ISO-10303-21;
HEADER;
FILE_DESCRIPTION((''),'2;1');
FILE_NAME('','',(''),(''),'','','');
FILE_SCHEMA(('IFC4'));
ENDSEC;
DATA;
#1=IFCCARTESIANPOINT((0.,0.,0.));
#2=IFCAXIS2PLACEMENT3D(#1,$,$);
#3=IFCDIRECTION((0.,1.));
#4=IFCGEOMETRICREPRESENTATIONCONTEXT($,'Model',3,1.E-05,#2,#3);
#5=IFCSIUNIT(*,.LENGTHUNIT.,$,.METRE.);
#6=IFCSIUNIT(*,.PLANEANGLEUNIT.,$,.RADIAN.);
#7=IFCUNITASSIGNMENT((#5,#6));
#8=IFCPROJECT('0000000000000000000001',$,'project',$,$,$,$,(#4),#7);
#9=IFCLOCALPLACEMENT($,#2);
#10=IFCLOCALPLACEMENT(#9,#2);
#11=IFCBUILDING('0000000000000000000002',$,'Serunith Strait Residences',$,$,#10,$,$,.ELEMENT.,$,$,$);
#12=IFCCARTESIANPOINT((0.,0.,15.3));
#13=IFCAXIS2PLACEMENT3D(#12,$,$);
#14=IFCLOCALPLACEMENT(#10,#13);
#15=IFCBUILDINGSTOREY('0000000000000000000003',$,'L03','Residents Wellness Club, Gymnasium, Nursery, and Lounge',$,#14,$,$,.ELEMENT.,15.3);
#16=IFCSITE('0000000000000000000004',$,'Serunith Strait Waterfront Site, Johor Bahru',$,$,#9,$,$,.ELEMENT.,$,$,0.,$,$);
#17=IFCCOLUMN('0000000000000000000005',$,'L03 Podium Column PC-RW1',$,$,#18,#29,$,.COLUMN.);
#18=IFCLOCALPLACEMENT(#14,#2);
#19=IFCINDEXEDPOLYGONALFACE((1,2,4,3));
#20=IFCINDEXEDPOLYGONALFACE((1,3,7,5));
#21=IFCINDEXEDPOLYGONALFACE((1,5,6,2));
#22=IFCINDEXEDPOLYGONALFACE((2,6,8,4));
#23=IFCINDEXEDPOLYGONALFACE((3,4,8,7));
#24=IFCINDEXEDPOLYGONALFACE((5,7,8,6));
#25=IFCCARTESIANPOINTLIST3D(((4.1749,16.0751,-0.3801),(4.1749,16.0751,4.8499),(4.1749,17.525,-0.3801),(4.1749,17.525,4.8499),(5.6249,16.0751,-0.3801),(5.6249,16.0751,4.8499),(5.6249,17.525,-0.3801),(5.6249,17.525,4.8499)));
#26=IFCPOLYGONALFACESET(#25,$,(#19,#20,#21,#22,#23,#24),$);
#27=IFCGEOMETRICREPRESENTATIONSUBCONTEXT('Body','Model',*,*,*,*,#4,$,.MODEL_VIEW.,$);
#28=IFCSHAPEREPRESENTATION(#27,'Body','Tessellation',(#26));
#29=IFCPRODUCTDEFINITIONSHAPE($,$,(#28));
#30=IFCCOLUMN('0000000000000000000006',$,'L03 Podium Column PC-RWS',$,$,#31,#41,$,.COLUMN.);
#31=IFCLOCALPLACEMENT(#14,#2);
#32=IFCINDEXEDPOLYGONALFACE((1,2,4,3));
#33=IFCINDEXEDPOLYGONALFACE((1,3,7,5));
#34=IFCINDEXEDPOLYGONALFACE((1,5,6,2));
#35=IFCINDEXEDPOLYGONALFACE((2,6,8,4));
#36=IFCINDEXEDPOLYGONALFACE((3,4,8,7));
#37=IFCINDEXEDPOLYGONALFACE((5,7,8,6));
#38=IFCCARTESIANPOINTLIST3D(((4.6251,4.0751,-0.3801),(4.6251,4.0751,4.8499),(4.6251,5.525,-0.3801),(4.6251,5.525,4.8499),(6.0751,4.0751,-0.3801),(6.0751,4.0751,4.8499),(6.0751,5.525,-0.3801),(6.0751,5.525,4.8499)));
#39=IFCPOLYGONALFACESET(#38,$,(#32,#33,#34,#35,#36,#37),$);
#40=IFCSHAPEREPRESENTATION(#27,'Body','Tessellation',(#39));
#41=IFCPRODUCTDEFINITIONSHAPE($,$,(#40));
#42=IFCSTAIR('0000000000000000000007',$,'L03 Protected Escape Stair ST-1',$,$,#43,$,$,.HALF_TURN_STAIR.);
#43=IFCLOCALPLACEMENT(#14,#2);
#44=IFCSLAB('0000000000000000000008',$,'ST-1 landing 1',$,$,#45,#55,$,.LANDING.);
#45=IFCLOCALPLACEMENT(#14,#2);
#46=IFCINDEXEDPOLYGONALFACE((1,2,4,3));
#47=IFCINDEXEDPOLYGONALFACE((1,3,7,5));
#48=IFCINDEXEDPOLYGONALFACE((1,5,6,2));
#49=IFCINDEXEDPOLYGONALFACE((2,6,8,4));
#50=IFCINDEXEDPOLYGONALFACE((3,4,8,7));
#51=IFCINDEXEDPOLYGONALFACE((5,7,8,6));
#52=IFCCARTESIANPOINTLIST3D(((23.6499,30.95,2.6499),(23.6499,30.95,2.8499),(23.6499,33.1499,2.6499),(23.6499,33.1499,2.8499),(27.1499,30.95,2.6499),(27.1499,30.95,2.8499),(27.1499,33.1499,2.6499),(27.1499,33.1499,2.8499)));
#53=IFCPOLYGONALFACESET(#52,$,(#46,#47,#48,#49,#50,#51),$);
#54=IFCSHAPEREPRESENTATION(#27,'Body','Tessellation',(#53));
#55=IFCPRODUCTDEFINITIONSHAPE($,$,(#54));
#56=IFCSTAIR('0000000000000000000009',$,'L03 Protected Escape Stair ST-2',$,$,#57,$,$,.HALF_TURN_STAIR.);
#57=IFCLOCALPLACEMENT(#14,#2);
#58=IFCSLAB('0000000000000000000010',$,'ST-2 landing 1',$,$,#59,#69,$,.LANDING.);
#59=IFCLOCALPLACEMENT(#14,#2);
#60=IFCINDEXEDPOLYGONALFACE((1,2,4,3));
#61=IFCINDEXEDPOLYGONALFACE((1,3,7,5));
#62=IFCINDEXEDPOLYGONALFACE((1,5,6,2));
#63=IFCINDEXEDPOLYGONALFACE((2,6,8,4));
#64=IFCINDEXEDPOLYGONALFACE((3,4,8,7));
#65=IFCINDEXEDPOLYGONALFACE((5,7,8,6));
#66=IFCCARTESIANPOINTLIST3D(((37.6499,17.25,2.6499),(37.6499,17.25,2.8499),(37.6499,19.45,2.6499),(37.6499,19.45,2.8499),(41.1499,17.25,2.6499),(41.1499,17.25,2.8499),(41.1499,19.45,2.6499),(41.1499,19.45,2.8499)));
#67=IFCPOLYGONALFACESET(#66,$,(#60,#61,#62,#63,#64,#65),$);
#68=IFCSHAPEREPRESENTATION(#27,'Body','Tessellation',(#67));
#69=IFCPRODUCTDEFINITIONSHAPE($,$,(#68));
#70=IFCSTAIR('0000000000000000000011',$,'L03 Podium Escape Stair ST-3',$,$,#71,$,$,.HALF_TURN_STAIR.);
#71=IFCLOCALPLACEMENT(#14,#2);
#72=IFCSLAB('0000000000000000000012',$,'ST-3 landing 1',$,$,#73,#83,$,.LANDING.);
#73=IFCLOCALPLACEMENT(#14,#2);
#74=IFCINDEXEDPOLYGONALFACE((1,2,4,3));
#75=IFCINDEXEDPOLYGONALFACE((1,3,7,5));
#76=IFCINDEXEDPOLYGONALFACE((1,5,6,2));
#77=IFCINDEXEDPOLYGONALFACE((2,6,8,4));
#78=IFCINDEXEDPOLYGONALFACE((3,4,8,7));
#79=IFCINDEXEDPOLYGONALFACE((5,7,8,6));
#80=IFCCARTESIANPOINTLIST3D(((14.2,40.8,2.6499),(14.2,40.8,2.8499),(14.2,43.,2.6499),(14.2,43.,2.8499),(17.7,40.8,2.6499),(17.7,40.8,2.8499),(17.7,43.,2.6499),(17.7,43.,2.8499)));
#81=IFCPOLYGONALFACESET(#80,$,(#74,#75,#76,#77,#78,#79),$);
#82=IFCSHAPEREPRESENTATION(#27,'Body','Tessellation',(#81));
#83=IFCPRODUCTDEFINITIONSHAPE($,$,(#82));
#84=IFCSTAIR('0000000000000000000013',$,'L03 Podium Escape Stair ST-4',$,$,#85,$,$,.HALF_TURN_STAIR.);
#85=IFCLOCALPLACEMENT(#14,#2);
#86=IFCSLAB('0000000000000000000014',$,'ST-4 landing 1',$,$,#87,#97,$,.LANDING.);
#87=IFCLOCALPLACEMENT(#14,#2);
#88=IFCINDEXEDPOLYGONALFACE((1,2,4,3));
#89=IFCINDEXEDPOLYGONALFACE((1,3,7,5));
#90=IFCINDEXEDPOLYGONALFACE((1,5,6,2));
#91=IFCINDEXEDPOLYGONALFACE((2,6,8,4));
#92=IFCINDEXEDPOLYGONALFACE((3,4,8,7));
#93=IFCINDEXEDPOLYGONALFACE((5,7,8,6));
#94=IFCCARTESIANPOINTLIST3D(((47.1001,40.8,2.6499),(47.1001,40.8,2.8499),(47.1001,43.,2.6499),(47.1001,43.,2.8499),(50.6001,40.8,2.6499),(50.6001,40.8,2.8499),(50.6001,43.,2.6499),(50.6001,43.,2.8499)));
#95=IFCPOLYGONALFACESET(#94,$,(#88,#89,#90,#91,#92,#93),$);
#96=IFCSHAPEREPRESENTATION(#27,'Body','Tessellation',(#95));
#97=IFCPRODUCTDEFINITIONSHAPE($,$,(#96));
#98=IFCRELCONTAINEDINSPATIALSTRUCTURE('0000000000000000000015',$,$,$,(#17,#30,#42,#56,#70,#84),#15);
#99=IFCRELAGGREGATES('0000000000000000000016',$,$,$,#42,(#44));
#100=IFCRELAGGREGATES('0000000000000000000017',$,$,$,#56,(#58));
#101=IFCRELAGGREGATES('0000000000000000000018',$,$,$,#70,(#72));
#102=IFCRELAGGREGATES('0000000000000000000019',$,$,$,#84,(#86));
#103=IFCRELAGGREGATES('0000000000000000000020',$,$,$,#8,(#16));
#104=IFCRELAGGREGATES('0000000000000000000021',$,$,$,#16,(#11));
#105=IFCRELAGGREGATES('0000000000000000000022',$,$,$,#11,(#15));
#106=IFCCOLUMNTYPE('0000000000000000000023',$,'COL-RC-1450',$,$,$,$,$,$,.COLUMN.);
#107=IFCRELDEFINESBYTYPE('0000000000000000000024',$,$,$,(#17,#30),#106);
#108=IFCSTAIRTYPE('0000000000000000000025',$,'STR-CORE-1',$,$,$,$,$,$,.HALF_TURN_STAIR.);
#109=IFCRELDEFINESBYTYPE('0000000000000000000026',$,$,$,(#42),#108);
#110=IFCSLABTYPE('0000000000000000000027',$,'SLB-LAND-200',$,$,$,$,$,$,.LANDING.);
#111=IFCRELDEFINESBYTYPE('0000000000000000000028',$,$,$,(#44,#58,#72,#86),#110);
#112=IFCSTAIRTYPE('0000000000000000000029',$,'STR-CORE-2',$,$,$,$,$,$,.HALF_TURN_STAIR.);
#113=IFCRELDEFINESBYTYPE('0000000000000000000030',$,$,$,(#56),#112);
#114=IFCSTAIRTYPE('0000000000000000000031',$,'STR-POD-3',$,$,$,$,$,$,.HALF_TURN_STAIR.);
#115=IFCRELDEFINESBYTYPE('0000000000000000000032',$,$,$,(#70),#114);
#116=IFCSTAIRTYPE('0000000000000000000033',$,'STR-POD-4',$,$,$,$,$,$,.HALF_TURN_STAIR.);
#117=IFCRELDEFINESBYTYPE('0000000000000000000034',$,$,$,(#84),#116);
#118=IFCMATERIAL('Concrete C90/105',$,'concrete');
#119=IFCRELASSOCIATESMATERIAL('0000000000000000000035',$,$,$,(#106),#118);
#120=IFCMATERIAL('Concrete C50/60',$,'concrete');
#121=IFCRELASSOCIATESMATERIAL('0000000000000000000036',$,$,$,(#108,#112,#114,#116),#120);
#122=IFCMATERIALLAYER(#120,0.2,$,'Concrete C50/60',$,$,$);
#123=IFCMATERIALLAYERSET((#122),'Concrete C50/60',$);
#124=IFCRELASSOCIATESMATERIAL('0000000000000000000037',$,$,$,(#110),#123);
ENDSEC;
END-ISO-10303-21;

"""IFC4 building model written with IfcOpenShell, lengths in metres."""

from ifc_helpers import new_model, si_unit, direction, frame, origin, origin_2d, place, context, subcontext, project, spatial, polyline, rectangle, outline, extrude, source, transform, mapped, material, layer, layer_set, material_profile, profile_set, type_object, element, aggregate, save


model = new_model("IFC4")

# Units and contexts
model_context = context("Model", 3, precision=1e-05, world=origin(), true_north=direction((0.0, 1.0)))
body_context = subcontext(model_context, "Body", "Model", "MODEL_VIEW")
ifc_project = project(units=[si_unit("LENGTHUNIT", "METRE"), si_unit("PLANEANGLEUNIT", "RADIAN")], contexts=[model_context])

# Site, building, storey
site_placement = place(None, origin())
site = spatial("IfcSite", under=ifc_project, at=site_placement, Name="Serunith Strait Waterfront Site, Johor Bahru", CompositionType="ELEMENT", RefElevation=0.0)
building_placement = place(site_placement, origin())
building = spatial("IfcBuilding", under=site, at=building_placement, Name="Serunith Strait Residences", CompositionType="ELEMENT")
storey_placement = place(building_placement, frame((0.0, 0.0, 15.3)))
storey = spatial("IfcBuildingStorey", under=building, at=storey_placement, Name="L03", Description="Residents Wellness Club, Gymnasium, Nursery, and Lounge", CompositionType="ELEMENT", Elevation=15.3)

# Columns
ifc_material_1 = material(Name="Concrete C90/105", Category="concrete")
ifc_material_profile = material_profile(ifc_material_1, rectangle(XDim=1.45, YDim=1.45, at=origin_2d()), Name="RC 1450x1450")
ifc_profile_set = profile_set([ifc_material_profile], Name="Concrete C90/105")
column_type = type_object("IfcColumnType", Name="COL-RC-1450", PredefinedType="COLUMN", material=ifc_profile_set)
shared_shape_1 = source(origin(), body_context, "Body", "SweptSolid", [
    extrude(rectangle(XDim=1.45, YDim=1.45, at=origin_2d()), origin(), (0.0, 0.0, 1.0), 5.23),
])
for number, where, z_axis, x_axis, name in (
    (1, (4.8999, 16.8, -0.3801), (0.0, 0.0, 1.0), (1.0, 0.0, 0.0), "L03 Podium Column PC-RW1"),
    (2, (5.3501, 4.8, -0.3801), (0.0, 0.0, 1.0), (1.0, 0.0, 0.0), "L03 Podium Column PC-RWS"),
):
    element("IfcColumn", number, at=place(storey_placement, frame(where, z_axis=z_axis, x_axis=x_axis)), inside=storey, type_object=column_type, Name=name, PredefinedType="COLUMN", context=body_context, shape_type="MappedRepresentation", body=[
        mapped(shared_shape_1, transform((0.0, 0.0, 0.0), scale=1.0)),
    ])

# Stairs, slabs
ifc_material_2 = material(Name="Concrete C50/60", Category="concrete")
stair_type_1 = type_object("IfcStairType", Name="STR-CORE-1", PredefinedType="HALF_TURN_STAIR", material=ifc_material_2)
stair_1_placement = place(storey_placement, origin())
stair_1 = element("IfcStair", 3, at=stair_1_placement, inside=storey, type_object=stair_type_1, Name="L03 Protected Escape Stair ST-1", PredefinedType="HALF_TURN_STAIR")
ifc_layer_1 = layer(ifc_material_2, 0.2, Name="Concrete C50/60")
ifc_layer_set_1 = layer_set([ifc_layer_1], Name="Concrete C50/60")
slab_type_1 = type_object("IfcSlabType", Name="SLB-LAND-200", PredefinedType="LANDING", material=ifc_layer_set_1)
slab_1_placement = place(storey_placement, frame((0.0, 0.0, 2.6499)))
slab_1 = element("IfcSlab", 4, at=slab_1_placement, type_object=slab_type_1, Name="ST-1 landing 1", PredefinedType="LANDING", context=body_context, shape_type="SweptSolid", body=[
    extrude(outline(polyline([(27.1499, 30.95), (27.1499, 33.1499), (23.6499, 33.1499), (23.6499, 30.95), (27.1499, 30.95)])), origin(), (0.0, 0.0, 1.0), 0.2),
])
aggregate(stair_1, [slab_1])
stair_type_2 = type_object("IfcStairType", Name="STR-CORE-2", PredefinedType="HALF_TURN_STAIR", material=ifc_material_2)
stair_2_placement = place(storey_placement, origin())
stair_2 = element("IfcStair", 5, at=stair_2_placement, inside=storey, type_object=stair_type_2, Name="L03 Protected Escape Stair ST-2", PredefinedType="HALF_TURN_STAIR")
slab_2_placement = place(storey_placement, frame((0.0, 0.0, 2.6499)))
slab_2 = element("IfcSlab", 6, at=slab_2_placement, type_object=slab_type_1, Name="ST-2 landing 1", PredefinedType="LANDING", context=body_context, shape_type="SweptSolid", body=[
    extrude(outline(polyline([(37.6499, 19.45), (37.6499, 17.25), (41.1499, 17.25), (41.1499, 19.45), (37.6499, 19.45)])), origin(), (0.0, 0.0, 1.0), 0.2),
])
aggregate(stair_2, [slab_2])
stair_type_3 = type_object("IfcStairType", Name="STR-POD-3", PredefinedType="HALF_TURN_STAIR", material=ifc_material_2)
stair_3_placement = place(storey_placement, origin())
stair_3 = element("IfcStair", 7, at=stair_3_placement, inside=storey, type_object=stair_type_3, Name="L03 Podium Escape Stair ST-3", PredefinedType="HALF_TURN_STAIR")
slab_3_placement = place(storey_placement, frame((0.0, 0.0, 2.6499)))
slab_3 = element("IfcSlab", 8, at=slab_3_placement, type_object=slab_type_1, Name="ST-3 landing 1", PredefinedType="LANDING", context=body_context, shape_type="SweptSolid", body=[
    extrude(outline(polyline([(17.7, 40.8), (17.7, 43.0), (14.2, 43.0), (14.2, 40.8), (17.7, 40.8)])), origin(), (0.0, 0.0, 1.0), 0.2),
])
aggregate(stair_3, [slab_3])
stair_type_4 = type_object("IfcStairType", Name="STR-POD-4", PredefinedType="HALF_TURN_STAIR", material=ifc_material_2)
stair_4_placement = place(storey_placement, origin())
stair_4 = element("IfcStair", 9, at=stair_4_placement, inside=storey, type_object=stair_type_4, Name="L03 Podium Escape Stair ST-4", PredefinedType="HALF_TURN_STAIR")
slab_4_placement = place(storey_placement, frame((0.0, 0.0, 2.6499)))
slab_4 = element("IfcSlab", 10, at=slab_4_placement, type_object=slab_type_1, Name="ST-4 landing 1", PredefinedType="LANDING", context=body_context, shape_type="SweptSolid", body=[
    extrude(outline(polyline([(50.6001, 40.8), (50.6001, 43.0), (47.1001, 43.0), (47.1001, 40.8), (50.6001, 40.8)])), origin(), (0.0, 0.0, 1.0), 0.2),
])
aggregate(stair_4, [slab_4])

save(model, "model.ifc")
